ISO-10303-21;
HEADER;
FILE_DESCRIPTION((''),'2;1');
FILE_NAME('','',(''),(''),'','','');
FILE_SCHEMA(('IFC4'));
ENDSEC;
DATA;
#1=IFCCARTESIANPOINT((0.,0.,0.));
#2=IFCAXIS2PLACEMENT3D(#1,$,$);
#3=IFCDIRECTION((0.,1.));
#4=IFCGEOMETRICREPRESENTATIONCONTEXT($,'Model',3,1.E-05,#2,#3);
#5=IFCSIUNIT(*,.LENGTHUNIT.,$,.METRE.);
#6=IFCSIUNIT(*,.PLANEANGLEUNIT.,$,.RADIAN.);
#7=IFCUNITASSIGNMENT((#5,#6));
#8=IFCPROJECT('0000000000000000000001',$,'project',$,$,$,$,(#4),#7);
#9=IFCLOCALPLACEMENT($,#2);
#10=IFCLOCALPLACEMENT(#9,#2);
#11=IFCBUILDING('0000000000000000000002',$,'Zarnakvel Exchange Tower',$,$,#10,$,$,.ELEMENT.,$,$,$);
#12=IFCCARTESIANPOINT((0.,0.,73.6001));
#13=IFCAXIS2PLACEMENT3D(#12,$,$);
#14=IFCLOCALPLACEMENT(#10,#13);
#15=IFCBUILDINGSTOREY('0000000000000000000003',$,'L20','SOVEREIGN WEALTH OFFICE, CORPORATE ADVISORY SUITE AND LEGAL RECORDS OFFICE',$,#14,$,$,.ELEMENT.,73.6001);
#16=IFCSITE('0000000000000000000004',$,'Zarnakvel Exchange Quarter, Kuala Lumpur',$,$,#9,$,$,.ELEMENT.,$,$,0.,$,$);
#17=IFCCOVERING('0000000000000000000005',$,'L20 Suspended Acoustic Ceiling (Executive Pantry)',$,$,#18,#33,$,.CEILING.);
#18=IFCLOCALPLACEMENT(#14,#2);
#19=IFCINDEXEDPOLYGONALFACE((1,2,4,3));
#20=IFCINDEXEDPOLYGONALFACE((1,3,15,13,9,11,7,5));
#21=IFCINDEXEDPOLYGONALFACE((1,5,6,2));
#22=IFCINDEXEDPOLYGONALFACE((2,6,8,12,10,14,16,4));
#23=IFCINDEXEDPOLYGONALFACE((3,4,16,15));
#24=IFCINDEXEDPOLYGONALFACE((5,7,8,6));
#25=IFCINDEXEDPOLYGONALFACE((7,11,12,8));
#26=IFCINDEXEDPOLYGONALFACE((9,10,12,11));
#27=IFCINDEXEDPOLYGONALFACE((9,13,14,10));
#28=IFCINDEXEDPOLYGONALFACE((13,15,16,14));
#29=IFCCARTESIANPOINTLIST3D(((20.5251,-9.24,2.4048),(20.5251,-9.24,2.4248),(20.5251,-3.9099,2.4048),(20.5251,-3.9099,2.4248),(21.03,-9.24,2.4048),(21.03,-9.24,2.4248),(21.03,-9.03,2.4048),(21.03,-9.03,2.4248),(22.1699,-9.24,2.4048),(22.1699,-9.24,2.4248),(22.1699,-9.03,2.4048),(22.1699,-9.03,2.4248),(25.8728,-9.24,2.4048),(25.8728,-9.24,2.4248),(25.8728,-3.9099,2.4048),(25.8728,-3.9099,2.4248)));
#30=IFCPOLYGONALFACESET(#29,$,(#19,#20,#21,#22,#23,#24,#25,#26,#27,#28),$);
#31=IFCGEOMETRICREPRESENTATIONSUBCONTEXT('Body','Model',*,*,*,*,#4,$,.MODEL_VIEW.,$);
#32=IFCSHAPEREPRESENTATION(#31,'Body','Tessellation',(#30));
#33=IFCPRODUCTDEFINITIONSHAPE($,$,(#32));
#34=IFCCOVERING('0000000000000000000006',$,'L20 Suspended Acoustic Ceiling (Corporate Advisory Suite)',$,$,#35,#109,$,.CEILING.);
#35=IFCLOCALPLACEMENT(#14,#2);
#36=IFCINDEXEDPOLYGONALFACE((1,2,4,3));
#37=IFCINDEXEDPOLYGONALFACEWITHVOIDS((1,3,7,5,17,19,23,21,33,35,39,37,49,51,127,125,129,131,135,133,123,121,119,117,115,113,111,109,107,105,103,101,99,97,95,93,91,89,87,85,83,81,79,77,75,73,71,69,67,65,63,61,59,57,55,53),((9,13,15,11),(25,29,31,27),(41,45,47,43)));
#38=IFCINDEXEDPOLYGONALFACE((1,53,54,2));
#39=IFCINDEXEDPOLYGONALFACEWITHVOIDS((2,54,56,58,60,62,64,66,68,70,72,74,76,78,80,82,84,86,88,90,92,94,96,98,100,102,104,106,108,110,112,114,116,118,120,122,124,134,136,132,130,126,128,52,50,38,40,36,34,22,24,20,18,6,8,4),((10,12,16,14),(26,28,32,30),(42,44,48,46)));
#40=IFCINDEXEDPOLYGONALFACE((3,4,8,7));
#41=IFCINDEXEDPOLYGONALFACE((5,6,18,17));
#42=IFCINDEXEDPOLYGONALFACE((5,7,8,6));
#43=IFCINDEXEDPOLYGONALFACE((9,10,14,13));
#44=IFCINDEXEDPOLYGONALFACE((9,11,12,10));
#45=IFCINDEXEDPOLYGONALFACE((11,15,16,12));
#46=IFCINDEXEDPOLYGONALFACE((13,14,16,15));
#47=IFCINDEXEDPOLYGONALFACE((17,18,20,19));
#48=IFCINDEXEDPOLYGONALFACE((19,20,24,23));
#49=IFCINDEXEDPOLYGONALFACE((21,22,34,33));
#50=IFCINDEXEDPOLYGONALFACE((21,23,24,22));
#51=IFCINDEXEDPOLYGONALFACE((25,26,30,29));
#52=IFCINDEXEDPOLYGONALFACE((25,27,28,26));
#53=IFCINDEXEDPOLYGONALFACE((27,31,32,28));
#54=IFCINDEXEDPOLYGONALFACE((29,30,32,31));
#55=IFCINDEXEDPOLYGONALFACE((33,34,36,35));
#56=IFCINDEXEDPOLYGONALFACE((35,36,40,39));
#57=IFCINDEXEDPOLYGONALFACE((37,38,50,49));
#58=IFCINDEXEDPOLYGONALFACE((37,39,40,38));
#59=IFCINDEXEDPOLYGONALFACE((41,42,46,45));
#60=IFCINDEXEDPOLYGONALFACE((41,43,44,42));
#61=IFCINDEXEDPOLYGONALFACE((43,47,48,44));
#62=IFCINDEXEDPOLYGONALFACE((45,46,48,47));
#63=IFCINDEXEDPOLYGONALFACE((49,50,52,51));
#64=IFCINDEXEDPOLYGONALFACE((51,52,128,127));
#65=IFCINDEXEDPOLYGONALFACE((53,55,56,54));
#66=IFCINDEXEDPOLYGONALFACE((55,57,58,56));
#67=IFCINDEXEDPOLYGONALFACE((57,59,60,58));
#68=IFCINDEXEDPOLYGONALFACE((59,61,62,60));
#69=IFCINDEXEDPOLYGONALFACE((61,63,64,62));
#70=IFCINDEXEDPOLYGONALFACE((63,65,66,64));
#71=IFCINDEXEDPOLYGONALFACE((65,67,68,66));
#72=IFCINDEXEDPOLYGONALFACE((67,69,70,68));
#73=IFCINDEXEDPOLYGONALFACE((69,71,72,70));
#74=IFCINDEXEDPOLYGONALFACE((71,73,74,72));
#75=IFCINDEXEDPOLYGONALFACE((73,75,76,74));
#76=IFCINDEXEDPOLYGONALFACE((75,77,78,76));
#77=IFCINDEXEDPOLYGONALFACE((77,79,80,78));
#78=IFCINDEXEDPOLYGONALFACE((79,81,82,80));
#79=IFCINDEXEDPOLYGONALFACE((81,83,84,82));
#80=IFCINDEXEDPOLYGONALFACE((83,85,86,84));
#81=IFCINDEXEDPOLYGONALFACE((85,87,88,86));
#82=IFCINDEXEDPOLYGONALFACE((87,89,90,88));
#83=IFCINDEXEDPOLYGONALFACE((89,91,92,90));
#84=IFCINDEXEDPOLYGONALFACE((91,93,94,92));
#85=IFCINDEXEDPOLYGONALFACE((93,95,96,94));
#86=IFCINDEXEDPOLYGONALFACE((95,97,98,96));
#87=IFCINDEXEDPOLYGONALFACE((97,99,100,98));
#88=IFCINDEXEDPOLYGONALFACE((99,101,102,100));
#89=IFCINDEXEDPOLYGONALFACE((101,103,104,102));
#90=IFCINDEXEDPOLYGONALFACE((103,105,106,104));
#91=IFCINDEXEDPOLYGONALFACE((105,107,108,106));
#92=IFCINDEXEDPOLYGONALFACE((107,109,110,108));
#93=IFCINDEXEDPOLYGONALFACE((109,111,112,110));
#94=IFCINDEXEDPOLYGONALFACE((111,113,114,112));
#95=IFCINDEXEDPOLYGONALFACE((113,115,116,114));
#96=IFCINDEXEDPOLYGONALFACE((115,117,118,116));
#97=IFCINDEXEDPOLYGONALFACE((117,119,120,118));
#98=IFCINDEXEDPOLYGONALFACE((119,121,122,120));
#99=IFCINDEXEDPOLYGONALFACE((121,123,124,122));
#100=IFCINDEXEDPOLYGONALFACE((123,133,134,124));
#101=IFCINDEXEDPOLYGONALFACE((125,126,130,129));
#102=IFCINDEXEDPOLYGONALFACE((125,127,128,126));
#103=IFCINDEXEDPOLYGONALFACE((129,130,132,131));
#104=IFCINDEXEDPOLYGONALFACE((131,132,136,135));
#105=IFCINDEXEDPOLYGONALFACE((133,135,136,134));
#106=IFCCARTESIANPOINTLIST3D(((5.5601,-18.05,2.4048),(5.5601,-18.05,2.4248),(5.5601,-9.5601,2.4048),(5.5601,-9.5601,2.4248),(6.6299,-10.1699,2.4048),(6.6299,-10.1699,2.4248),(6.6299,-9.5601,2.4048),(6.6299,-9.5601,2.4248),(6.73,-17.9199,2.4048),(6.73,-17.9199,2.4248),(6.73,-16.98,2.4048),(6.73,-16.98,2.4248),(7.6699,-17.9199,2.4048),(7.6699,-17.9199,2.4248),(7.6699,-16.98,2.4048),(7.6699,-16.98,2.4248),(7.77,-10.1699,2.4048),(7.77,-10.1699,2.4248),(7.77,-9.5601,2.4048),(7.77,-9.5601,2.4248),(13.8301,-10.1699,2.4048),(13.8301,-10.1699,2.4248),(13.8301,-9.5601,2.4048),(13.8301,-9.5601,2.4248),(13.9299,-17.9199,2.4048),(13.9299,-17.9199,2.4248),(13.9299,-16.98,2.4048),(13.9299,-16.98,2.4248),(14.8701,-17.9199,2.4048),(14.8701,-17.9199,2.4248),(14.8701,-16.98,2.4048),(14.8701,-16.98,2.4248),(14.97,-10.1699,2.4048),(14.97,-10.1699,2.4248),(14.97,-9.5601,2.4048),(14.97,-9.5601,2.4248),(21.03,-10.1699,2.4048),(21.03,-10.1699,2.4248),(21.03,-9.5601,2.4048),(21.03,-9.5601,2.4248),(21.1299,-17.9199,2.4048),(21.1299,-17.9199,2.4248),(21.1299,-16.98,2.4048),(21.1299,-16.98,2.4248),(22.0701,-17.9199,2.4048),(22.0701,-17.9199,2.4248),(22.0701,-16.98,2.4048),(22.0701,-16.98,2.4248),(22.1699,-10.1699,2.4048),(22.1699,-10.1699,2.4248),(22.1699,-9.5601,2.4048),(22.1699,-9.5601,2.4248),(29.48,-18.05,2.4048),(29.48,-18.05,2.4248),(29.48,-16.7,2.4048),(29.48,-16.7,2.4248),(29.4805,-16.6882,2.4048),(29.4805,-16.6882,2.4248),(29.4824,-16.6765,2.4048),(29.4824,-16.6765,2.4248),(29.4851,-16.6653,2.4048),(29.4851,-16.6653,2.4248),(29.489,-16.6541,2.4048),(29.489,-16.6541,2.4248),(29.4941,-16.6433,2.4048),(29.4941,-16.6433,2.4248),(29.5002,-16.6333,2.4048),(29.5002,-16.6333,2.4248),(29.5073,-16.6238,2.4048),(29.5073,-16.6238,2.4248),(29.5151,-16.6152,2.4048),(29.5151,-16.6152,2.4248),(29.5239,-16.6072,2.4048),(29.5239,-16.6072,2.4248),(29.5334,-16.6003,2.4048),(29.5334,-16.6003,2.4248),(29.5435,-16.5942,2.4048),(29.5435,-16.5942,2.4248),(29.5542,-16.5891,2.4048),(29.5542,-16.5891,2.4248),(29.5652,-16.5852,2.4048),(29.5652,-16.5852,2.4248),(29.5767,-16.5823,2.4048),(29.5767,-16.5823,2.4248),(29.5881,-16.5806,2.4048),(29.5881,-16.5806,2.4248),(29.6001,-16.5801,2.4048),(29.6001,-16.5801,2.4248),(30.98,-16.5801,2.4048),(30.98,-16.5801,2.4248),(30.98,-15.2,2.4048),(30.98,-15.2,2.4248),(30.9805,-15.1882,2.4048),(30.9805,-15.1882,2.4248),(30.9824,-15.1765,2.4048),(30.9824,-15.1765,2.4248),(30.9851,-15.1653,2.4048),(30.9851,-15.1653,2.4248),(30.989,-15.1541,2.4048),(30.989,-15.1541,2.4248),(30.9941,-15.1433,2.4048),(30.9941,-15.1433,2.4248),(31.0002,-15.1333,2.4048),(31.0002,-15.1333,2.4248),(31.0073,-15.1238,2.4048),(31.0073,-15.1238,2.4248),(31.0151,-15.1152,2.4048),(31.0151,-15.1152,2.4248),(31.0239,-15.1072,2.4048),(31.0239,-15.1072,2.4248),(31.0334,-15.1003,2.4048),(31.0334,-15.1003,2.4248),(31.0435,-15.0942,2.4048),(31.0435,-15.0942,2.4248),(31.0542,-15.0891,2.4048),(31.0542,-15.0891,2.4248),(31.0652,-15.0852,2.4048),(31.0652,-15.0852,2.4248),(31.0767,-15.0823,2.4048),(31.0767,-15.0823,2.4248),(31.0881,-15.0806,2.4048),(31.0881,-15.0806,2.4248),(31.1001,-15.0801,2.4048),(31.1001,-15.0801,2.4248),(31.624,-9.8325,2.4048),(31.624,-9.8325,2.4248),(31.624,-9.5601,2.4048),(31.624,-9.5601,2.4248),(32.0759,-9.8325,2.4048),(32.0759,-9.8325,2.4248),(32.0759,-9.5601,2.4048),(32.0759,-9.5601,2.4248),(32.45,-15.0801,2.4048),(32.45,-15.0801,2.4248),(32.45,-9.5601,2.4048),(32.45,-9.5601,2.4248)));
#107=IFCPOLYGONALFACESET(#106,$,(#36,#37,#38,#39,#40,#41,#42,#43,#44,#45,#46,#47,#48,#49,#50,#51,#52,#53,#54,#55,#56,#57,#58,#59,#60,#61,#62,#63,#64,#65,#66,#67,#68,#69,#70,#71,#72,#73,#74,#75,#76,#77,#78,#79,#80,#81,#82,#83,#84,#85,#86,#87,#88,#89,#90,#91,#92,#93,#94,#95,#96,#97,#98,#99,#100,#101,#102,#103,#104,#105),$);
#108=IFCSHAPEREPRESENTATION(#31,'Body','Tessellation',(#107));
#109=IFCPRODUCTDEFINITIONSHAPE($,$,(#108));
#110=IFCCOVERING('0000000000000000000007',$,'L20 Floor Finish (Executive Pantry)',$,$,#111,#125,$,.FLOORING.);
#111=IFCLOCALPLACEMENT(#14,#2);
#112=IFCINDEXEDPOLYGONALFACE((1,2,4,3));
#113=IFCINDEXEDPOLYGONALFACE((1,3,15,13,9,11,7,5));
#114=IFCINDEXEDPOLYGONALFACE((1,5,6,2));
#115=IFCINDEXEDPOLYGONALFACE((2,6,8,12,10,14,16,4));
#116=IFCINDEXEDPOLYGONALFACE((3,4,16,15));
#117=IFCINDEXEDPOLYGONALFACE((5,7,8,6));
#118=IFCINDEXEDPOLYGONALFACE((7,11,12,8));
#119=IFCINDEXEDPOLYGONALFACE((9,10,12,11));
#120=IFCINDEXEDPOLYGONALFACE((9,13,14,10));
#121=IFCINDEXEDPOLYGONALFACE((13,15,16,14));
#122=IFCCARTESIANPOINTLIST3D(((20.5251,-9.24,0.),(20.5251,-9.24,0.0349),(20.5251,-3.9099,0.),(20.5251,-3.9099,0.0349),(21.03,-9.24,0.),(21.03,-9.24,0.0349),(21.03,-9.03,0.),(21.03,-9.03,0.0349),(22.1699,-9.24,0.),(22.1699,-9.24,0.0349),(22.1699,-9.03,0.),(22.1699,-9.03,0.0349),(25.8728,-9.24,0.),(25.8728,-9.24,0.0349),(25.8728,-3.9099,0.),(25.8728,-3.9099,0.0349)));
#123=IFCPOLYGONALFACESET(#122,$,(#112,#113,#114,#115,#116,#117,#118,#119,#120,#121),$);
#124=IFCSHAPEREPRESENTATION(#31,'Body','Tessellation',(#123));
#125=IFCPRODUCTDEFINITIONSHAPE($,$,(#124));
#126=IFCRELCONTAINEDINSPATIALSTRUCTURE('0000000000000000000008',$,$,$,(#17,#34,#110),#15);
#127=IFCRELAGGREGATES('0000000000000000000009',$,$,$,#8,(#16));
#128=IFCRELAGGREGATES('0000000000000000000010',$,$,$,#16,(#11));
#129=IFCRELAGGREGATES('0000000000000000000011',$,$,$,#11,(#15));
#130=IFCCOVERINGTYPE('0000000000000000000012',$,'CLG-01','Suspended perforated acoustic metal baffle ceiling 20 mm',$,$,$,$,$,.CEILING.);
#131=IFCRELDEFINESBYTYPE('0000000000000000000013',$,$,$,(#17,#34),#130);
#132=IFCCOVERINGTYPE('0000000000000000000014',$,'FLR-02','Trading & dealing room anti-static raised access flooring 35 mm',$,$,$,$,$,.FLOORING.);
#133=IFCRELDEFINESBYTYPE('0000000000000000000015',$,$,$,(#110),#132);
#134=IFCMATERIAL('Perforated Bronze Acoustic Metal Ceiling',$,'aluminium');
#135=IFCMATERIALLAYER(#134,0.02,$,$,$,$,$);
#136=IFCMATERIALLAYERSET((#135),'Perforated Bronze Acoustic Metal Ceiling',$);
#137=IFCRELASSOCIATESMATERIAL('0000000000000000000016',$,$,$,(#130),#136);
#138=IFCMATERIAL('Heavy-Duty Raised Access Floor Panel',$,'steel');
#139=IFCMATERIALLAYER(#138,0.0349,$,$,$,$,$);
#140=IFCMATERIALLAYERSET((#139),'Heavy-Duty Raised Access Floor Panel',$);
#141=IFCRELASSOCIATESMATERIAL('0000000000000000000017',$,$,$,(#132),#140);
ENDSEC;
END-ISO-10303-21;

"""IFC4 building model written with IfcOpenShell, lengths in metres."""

from ifc_helpers import new_model, si_unit, direction, frame, origin, place, context, subcontext, project, spatial, polyline, outline, extrude, material, layer, layer_set, type_object, element, save


model = new_model("IFC4")

# Units and contexts
model_context = context("Model", 3, precision=1e-05, world=origin(), true_north=direction((0.0, 1.0)))
body_context = subcontext(model_context, "Body", "Model", "MODEL_VIEW")
ifc_project = project(units=[si_unit("LENGTHUNIT", "METRE"), si_unit("PLANEANGLEUNIT", "RADIAN")], contexts=[model_context])

# Site, building, storey
site_placement = place(None, origin())
site = spatial("IfcSite", under=ifc_project, at=site_placement, Name="Zarnakvel Exchange Quarter, Kuala Lumpur", CompositionType="ELEMENT", RefElevation=0.0)
building_placement = place(site_placement, origin())
building = spatial("IfcBuilding", under=site, at=building_placement, Name="Zarnakvel Exchange Tower", CompositionType="ELEMENT")
storey_placement = place(building_placement, frame((0.0, 0.0, 73.6001)))
storey = spatial("IfcBuildingStorey", under=building, at=storey_placement, Name="L20", Description="SOVEREIGN WEALTH OFFICE, CORPORATE ADVISORY SUITE AND LEGAL RECORDS OFFICE", CompositionType="ELEMENT", Elevation=73.6001)

# Coverings
ifc_material_1 = material(Name="Perforated Bronze Acoustic Metal Ceiling", Category="aluminium")
ifc_layer_1 = layer(ifc_material_1, 0.02)
ifc_layer_set_1 = layer_set([ifc_layer_1], Name="Perforated Bronze Acoustic Metal Ceiling")
covering_type_1 = type_object("IfcCoveringType", Name="CLG-01", Description="Suspended perforated acoustic metal baffle ceiling 20 mm", PredefinedType="CEILING", material=ifc_layer_set_1)
covering_1_placement = place(storey_placement, frame((0.0, 0.0, 2.4048)))
element("IfcCovering", 1, at=covering_1_placement, inside=storey, type_object=covering_type_1, Name="L20 Suspended Acoustic Ceiling (Executive Pantry)", PredefinedType="CEILING", context=body_context, shape_type="SweptSolid", body=[
    extrude(outline(polyline([(20.5251, -3.9099), (25.8728, -3.9099), (25.8728, -9.24), (22.1699, -9.24), (22.1699, -9.03), (21.03, -9.03), (21.03, -9.24), (20.5251, -9.24), (20.5251, -3.9099)])), origin(), (0.0, 0.0, 1.0), 0.02),
])
covering_2_placement = place(storey_placement, frame((0.0, 0.0, 2.4048)))
element("IfcCovering", 2, at=covering_2_placement, inside=storey, type_object=covering_type_1, Name="L20 Suspended Acoustic Ceiling (Corporate Advisory Suite)", PredefinedType="CEILING", context=body_context, shape_type="SweptSolid", body=[
    extrude(outline(polyline([(5.5601, -9.5601), (6.6299, -9.5601), (6.6299, -10.1699), (7.77, -10.1699), (7.77, -9.5601), (13.8301, -9.5601), (13.8301, -10.1699), (14.97, -10.1699), (14.97, -9.5601), (21.03, -9.5601), (21.03, -10.1699), (22.1699, -10.1699), (22.1699, -9.5601), (31.624, -9.5601), (31.624, -9.8325), (32.0759, -9.8325), (32.0759, -9.5601), (32.45, -9.5601), (32.45, -15.0801), (31.1001, -15.0801), (31.0881, -15.0806), (31.0767, -15.0823), (31.0652, -15.0852), (31.0542, -15.0891), (31.0435, -15.0942), (31.0334, -15.1003), (31.0239, -15.1072), (31.0151, -15.1152), (31.0073, -15.1238), (31.0002, -15.1333), (30.9941, -15.1433), (30.989, -15.1541), (30.9851, -15.1653), (30.9824, -15.1765), (30.9805, -15.1882), (30.98, -15.2), (30.98, -16.5801), (29.6001, -16.5801), (29.5881, -16.5806), (29.5767, -16.5823), (29.5652, -16.5852), (29.5542, -16.5891), (29.5435, -16.5942), (29.5334, -16.6003), (29.5239, -16.6072), (29.5151, -16.6152), (29.5073, -16.6238), (29.5002, -16.6333), (29.4941, -16.6433), (29.489, -16.6541), (29.4851, -16.6653), (29.4824, -16.6765), (29.4805, -16.6882), (29.48, -16.7), (29.48, -18.05), (5.5601, -18.05), (5.5601, -9.5601)]), holes=[polyline([(22.0701, -17.9199), (22.0701, -16.98), (21.1299, -16.98), (21.1299, -17.9199), (22.0701, -17.9199)]), polyline([(14.8701, -17.9199), (14.8701, -16.98), (13.9299, -16.98), (13.9299, -17.9199), (14.8701, -17.9199)]), polyline([(7.6699, -17.9199), (7.6699, -16.98), (6.73, -16.98), (6.73, -17.9199), (7.6699, -17.9199)])]), origin(), (0.0, 0.0, 1.0), 0.02),
])
ifc_material_2 = material(Name="Heavy-Duty Raised Access Floor Panel", Category="steel")
ifc_layer_2 = layer(ifc_material_2, 0.0349)
ifc_layer_set_2 = layer_set([ifc_layer_2], Name="Heavy-Duty Raised Access Floor Panel")
covering_type_2 = type_object("IfcCoveringType", Name="FLR-02", Description="Trading & dealing room anti-static raised access flooring 35 mm", PredefinedType="FLOORING", material=ifc_layer_set_2)
covering_3_placement = place(storey_placement, origin())
element("IfcCovering", 3, at=covering_3_placement, inside=storey, type_object=covering_type_2, Name="L20 Floor Finish (Executive Pantry)", PredefinedType="FLOORING", context=body_context, shape_type="SweptSolid", body=[
    extrude(outline(polyline([(20.5251, -3.9099), (25.8728, -3.9099), (25.8728, -9.24), (22.1699, -9.24), (22.1699, -9.03), (21.03, -9.03), (21.03, -9.24), (20.5251, -9.24), (20.5251, -3.9099)])), origin(), (0.0, 0.0, 1.0), 0.0349),
])

save(model, "model.ifc")
